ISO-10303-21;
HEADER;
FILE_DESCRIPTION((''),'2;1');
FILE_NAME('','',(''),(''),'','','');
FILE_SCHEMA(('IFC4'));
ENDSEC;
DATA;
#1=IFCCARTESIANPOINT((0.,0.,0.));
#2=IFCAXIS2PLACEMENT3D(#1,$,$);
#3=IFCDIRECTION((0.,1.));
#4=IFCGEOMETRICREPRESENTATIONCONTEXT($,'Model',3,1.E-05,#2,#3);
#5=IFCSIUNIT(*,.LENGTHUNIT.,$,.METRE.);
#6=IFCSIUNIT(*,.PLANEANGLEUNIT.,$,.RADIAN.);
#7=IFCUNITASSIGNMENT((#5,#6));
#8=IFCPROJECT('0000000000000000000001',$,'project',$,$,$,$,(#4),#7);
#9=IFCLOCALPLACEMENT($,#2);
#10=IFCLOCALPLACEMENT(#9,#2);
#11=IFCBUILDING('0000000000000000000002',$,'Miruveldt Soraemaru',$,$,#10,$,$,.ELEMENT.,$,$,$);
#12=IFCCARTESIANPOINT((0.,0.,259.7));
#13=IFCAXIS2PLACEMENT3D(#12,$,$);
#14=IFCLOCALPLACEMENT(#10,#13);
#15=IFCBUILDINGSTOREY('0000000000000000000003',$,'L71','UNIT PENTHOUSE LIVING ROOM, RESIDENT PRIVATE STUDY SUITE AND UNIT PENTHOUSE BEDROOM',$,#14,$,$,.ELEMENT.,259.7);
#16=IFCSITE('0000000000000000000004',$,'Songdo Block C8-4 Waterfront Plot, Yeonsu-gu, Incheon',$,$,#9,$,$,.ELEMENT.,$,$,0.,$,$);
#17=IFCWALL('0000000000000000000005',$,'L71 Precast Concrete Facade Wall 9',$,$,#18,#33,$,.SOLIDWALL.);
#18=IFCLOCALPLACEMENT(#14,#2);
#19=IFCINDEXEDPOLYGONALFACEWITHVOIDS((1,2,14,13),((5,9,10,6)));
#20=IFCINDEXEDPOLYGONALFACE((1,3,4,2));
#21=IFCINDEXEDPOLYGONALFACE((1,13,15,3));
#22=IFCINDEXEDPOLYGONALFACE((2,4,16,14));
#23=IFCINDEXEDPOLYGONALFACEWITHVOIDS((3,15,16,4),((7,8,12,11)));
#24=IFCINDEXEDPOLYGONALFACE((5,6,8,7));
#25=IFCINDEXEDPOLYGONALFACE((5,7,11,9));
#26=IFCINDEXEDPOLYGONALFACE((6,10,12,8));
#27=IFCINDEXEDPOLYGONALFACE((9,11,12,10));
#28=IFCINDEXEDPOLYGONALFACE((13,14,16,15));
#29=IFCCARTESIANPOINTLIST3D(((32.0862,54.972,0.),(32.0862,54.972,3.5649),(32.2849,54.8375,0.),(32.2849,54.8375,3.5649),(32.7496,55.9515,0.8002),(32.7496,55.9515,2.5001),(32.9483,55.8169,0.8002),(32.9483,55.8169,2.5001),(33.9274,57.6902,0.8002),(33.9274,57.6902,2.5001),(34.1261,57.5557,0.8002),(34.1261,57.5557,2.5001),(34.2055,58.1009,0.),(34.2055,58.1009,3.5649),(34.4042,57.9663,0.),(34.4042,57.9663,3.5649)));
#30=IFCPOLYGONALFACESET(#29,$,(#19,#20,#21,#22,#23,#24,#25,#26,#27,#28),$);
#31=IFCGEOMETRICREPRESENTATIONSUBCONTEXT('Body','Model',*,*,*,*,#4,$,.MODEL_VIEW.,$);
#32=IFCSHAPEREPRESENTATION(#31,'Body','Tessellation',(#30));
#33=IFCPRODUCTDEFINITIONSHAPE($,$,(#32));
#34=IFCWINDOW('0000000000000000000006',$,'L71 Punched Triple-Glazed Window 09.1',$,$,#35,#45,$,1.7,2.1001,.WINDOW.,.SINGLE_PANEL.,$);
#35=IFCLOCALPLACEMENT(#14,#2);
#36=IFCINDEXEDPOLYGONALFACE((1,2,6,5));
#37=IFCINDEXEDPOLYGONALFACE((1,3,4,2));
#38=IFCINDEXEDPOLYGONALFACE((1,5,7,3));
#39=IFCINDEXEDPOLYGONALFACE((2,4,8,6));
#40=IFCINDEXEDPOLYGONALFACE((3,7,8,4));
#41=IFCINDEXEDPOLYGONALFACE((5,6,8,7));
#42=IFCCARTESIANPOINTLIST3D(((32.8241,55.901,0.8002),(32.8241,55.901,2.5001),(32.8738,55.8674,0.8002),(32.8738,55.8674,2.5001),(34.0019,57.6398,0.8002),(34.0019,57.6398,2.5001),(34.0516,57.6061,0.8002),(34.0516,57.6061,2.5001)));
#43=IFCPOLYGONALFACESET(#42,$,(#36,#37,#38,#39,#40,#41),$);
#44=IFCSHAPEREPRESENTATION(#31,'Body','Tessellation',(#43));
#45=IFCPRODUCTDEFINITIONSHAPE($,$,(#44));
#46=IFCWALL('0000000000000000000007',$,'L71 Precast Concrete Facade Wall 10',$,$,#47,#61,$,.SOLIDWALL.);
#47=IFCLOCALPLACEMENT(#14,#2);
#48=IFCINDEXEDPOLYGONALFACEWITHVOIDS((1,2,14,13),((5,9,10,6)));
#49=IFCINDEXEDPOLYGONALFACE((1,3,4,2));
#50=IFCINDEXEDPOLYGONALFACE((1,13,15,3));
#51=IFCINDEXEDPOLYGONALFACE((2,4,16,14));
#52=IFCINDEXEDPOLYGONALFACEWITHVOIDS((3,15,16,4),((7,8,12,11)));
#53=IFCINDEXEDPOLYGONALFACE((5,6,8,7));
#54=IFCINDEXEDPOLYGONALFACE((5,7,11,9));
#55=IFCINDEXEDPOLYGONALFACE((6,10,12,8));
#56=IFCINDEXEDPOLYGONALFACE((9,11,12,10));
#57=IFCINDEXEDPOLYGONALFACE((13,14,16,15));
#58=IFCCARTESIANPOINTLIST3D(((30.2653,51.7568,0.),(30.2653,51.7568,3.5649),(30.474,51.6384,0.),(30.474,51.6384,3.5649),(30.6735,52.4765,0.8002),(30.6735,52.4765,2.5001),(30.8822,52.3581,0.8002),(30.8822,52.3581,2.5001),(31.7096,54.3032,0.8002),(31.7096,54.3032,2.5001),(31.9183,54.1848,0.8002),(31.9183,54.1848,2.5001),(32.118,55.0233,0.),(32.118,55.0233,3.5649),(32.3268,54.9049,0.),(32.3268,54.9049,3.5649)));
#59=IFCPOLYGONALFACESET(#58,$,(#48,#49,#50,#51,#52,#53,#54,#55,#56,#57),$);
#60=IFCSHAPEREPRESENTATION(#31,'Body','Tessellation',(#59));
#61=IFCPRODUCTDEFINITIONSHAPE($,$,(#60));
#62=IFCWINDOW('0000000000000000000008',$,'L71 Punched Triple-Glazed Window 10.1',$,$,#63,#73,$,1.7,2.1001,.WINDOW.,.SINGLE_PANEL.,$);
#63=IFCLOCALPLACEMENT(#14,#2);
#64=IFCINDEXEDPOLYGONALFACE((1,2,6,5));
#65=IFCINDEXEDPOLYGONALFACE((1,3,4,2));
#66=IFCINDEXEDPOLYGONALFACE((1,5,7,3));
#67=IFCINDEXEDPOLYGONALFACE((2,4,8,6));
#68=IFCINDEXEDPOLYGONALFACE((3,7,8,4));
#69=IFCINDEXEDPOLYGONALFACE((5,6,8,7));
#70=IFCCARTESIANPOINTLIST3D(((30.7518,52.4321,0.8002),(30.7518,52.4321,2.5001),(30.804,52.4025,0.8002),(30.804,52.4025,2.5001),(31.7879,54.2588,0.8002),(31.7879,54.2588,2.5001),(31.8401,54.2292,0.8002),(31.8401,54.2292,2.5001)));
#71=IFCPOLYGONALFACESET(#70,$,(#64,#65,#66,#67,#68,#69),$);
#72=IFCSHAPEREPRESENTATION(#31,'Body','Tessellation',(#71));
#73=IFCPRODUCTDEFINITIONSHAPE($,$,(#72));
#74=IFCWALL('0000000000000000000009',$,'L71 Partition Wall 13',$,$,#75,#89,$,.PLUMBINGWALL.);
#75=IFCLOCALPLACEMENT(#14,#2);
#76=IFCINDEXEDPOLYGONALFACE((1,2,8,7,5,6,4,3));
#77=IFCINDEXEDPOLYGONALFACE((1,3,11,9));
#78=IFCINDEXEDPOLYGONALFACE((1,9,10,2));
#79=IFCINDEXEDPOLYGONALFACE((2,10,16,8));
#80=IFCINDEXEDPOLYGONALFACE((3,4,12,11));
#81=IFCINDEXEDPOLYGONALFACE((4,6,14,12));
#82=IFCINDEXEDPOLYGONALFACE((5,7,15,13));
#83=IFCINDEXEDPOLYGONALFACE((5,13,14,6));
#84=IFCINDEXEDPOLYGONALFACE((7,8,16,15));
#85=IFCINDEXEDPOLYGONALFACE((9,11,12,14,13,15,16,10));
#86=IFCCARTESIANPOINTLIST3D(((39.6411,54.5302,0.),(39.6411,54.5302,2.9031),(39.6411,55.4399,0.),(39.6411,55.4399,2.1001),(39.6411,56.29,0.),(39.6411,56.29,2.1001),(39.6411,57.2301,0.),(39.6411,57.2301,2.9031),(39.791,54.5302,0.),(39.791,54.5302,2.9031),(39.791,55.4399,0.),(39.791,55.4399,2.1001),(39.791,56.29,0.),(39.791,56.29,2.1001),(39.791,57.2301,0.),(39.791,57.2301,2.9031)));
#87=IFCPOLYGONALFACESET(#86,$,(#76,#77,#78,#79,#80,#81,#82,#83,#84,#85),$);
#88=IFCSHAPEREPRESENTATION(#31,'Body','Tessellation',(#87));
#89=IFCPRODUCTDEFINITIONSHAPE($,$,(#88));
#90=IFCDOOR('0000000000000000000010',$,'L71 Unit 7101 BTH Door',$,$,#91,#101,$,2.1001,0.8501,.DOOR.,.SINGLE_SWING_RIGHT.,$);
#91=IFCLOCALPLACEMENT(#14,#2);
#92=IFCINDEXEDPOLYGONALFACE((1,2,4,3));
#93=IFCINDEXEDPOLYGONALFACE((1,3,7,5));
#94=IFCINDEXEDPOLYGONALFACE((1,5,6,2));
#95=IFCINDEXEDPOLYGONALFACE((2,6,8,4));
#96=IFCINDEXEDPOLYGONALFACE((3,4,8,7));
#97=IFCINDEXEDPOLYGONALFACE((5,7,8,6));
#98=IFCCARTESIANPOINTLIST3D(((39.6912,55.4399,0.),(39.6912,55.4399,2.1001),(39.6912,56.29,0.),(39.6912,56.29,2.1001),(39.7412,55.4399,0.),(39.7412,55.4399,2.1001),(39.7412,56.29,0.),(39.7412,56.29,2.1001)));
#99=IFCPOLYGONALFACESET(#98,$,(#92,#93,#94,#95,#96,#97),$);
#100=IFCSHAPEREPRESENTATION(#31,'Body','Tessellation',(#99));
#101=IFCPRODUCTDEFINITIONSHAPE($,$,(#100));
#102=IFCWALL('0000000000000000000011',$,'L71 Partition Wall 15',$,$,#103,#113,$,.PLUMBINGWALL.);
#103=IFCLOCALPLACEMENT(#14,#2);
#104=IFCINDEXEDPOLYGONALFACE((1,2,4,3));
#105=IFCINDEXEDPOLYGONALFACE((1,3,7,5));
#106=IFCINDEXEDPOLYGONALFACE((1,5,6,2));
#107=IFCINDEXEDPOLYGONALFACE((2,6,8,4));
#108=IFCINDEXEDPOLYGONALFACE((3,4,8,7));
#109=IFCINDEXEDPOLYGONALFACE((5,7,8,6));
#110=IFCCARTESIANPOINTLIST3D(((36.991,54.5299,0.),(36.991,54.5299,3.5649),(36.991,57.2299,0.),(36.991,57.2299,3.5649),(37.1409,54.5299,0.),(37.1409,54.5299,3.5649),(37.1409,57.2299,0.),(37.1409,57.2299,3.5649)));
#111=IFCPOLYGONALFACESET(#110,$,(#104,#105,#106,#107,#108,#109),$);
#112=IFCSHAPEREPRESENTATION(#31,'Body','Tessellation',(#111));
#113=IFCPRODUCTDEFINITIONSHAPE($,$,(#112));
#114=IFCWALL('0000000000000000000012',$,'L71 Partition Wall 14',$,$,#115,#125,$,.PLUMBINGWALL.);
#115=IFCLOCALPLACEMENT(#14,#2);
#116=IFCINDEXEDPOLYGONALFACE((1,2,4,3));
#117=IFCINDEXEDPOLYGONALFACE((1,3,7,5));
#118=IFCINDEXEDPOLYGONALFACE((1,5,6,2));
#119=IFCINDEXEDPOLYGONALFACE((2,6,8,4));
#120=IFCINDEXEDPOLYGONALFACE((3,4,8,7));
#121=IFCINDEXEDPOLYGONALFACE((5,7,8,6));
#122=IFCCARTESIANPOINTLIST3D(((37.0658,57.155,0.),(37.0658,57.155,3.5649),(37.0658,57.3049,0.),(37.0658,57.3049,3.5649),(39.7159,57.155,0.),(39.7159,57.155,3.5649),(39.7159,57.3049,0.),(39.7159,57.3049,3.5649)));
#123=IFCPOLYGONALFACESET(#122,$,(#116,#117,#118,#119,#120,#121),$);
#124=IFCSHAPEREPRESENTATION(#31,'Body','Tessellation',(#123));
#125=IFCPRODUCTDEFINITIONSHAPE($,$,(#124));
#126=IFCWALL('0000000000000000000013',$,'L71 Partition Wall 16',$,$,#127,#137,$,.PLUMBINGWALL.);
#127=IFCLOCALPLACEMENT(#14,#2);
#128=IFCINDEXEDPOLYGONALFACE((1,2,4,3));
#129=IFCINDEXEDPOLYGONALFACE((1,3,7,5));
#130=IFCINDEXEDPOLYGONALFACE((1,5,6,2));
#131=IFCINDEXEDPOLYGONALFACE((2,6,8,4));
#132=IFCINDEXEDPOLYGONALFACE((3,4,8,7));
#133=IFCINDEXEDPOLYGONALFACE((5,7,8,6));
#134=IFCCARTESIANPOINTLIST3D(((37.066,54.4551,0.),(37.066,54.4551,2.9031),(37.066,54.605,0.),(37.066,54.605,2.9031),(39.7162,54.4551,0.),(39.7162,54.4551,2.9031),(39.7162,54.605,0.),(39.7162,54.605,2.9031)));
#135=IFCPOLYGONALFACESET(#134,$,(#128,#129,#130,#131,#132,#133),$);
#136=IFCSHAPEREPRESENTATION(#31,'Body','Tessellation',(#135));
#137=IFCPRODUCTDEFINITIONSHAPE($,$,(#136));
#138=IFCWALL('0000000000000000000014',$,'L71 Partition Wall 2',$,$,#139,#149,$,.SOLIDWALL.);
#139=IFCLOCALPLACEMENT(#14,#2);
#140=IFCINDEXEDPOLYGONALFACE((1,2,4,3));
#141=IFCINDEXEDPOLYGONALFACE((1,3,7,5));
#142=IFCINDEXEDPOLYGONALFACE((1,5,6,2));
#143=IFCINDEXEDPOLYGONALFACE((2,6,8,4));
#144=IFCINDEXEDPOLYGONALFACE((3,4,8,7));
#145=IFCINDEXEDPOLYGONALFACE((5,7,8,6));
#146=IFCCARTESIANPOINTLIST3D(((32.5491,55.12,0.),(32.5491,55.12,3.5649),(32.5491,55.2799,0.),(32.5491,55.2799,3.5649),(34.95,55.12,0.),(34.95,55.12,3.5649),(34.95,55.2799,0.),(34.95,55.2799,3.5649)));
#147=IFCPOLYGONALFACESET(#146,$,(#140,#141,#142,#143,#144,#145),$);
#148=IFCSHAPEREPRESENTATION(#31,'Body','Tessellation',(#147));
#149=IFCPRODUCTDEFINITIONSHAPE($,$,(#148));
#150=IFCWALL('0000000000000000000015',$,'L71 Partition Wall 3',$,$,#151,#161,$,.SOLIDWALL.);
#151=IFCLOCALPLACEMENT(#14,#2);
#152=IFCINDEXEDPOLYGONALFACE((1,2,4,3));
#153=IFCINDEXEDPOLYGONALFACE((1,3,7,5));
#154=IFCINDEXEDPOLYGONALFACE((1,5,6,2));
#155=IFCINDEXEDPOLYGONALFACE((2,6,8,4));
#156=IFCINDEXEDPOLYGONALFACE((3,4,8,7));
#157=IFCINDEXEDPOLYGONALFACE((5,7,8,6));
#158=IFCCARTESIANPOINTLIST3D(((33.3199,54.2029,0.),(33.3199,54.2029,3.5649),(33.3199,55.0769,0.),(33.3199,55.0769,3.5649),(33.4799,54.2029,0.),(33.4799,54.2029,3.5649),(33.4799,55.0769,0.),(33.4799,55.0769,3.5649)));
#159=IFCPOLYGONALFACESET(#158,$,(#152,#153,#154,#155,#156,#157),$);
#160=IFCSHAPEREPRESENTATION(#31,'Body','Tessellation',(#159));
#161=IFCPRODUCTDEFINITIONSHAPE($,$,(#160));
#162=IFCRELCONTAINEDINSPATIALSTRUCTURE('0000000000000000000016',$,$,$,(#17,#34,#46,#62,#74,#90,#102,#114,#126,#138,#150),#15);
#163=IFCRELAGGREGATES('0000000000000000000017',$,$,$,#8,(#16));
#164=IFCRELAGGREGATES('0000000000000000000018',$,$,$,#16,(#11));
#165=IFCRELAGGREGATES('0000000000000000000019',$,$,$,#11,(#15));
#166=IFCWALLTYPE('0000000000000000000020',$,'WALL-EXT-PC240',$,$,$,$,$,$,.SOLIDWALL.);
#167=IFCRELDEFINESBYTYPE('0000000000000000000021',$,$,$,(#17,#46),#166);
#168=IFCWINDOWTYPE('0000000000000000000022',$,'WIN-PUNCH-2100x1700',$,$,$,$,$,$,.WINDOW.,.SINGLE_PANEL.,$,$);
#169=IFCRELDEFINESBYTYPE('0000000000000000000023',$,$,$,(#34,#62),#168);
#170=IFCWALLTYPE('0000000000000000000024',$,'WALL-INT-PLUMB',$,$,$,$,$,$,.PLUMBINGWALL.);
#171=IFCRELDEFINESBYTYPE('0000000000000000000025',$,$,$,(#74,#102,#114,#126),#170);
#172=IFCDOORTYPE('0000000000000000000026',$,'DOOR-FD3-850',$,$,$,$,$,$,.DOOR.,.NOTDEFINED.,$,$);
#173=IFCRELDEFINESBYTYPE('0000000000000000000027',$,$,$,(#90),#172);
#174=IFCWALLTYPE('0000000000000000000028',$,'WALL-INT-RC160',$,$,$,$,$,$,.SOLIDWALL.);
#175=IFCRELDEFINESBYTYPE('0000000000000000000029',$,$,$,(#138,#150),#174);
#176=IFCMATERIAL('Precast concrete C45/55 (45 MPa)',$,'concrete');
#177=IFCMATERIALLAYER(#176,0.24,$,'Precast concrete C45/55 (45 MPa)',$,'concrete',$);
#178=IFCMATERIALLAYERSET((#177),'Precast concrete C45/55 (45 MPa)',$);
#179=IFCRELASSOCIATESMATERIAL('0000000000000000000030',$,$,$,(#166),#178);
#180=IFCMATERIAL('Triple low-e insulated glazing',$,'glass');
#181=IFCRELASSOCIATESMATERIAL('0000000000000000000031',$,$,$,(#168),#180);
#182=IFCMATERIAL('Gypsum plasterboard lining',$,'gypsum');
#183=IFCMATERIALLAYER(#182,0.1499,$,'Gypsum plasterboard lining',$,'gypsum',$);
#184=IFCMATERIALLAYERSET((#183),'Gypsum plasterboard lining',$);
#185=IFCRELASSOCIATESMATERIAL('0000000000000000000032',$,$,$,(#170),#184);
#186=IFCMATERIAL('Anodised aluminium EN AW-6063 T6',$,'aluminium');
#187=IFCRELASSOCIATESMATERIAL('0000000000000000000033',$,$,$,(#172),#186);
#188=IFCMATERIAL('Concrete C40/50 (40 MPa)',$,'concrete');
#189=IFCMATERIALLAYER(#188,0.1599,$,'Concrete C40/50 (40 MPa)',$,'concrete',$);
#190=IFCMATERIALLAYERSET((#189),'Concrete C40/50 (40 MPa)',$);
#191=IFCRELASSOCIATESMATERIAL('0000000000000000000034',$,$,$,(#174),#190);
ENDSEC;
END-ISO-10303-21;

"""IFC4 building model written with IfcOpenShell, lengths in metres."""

from ifc_helpers import new_model, si_unit, direction, frame, frame_2d, origin, place, context, subcontext, project, spatial, rectangle, extrude, material, layer, layer_set, type_object, element, fill, save


model = new_model("IFC4")

# Units and contexts
model_context = context("Model", 3, precision=1e-05, world=origin(), true_north=direction((0.0, 1.0)))
body_context = subcontext(model_context, "Body", "Model", "MODEL_VIEW")
ifc_project = project(units=[si_unit("LENGTHUNIT", "METRE"), si_unit("PLANEANGLEUNIT", "RADIAN")], contexts=[model_context])

# Site, building, storey
site_placement = place(None, origin())
site = spatial("IfcSite", under=ifc_project, at=site_placement, Name="Songdo Block C8-4 Waterfront Plot, Yeonsu-gu, Incheon", CompositionType="ELEMENT", RefElevation=0.0)
building_placement = place(site_placement, origin())
building = spatial("IfcBuilding", under=site, at=building_placement, Name="Miruveldt Soraemaru", CompositionType="ELEMENT")
storey_placement = place(building_placement, frame((0.0, 0.0, 259.7)))
storey = spatial("IfcBuildingStorey", under=building, at=storey_placement, Name="L71", Description="UNIT PENTHOUSE LIVING ROOM, RESIDENT PRIVATE STUDY SUITE AND UNIT PENTHOUSE BEDROOM", CompositionType="ELEMENT", Elevation=259.7)

# Shared definitions
ifc_material_1 = material(Name="Anodised aluminium EN AW-6063 T6", Category="aluminium")

# Walls, openings, windows
ifc_material_2 = material(Name="Precast concrete C45/55 (45 MPa)", Category="concrete")
ifc_layer_1 = layer(ifc_material_2, 0.24, Name="Precast concrete C45/55 (45 MPa)", Category="concrete")
ifc_layer_set_1 = layer_set([ifc_layer_1], Name="Precast concrete C45/55 (45 MPa)")
wall_type_1 = type_object("IfcWallType", Name="WALL-EXT-PC240", PredefinedType="SOLIDWALL", material=ifc_layer_set_1)
ifc_material_3 = material(Name="Triple low-e insulated glazing", Category="glass")
window_type_1 = type_object("IfcWindowType", Name="WIN-PUNCH-2100x1700", PartitioningType="SINGLE_PANEL", PredefinedType="WINDOW", material=ifc_material_3)
wall_1_placement = place(storey_placement, frame((34.3049, 58.0337, 0.0), z_axis=(0.0, 0.0, 1.0), x_axis=(-0.560812, -0.827943, 0.0)))
wall_1 = element("IfcWall", 1, at=wall_1_placement, inside=storey, type_object=wall_type_1, Name="L71 Precast Concrete Facade Wall 9", PredefinedType="SOLIDWALL", context=body_context, shape_type="SweptSolid", body=[
    extrude(rectangle(XDim=3.7791, YDim=0.24, at=frame_2d((1.8896, 0.0))), origin(), (0.0, 0.0, 1.0), 3.5649),
])
opening_1_placement = place(wall_1_placement, frame((0.4961, 0.0, 0.8)))
opening_1 = element("IfcOpeningElement", 2, at=opening_1_placement, cuts=wall_1, PredefinedType="OPENING", context=body_context, shape_type="SweptSolid", body=[
    extrude(rectangle(XDim=2.1001, YDim=1.7, at=frame_2d((1.05, 0.8501))), frame((0.0, 0.1299, 0.0), z_axis=(0.0, -1.0, 0.0), x_axis=(1.0, 0.0, 0.0)), (0.0, 0.0, 1.0), 0.26),
])
window_1_placement = place(opening_1_placement, origin())
window_1 = element("IfcWindow", 3, at=window_1_placement, inside=storey, type_object=window_type_1, Name="L71 Punched Triple-Glazed Window 09.1", OverallHeight=1.7, OverallWidth=2.1001, PartitioningType="SINGLE_PANEL", PredefinedType="WINDOW", context=body_context, shape_type="SweptSolid", body=[
    extrude(rectangle(XDim=2.1001, YDim=1.7, at=frame_2d((1.05, 0.8501))), frame((0.0, 0.03, 0.0), z_axis=(0.0, -1.0, 0.0), x_axis=(1.0, 0.0, 0.0)), (0.0, 0.0, 1.0), 0.0601),
])
fill(opening_1, window_1)
wall_2_placement = place(storey_placement, frame((32.2224, 54.9641, 0.0), z_axis=(0.0, 0.0, 1.0), x_axis=(-0.493357, -0.869827, 0.0)))
wall_2 = element("IfcWall", 4, at=wall_2_placement, inside=storey, type_object=wall_type_1, Name="L71 Precast Concrete Facade Wall 10", PredefinedType="SOLIDWALL", context=body_context, shape_type="SweptSolid", body=[
    extrude(rectangle(XDim=3.7554, YDim=0.24, at=frame_2d((1.8777, 0.0))), origin(), (0.0, 0.0, 1.0), 3.5649),
])
opening_2_placement = place(wall_2_placement, frame((0.8279, 0.0, 0.8)))
opening_2 = element("IfcOpeningElement", 5, at=opening_2_placement, cuts=wall_2, PredefinedType="OPENING", context=body_context, shape_type="SweptSolid", body=[
    extrude(rectangle(XDim=2.1001, YDim=1.7, at=frame_2d((1.05, 0.8501))), frame((0.0, 0.1299, 0.0), z_axis=(0.0, -1.0, 0.0), x_axis=(1.0, 0.0, 0.0)), (0.0, 0.0, 1.0), 0.26),
])
window_2_placement = place(opening_2_placement, origin())
window_2 = element("IfcWindow", 6, at=window_2_placement, inside=storey, type_object=window_type_1, Name="L71 Punched Triple-Glazed Window 10.1", OverallHeight=1.7, OverallWidth=2.1001, PartitioningType="SINGLE_PANEL", PredefinedType="WINDOW", context=body_context, shape_type="SweptSolid", body=[
    extrude(rectangle(XDim=2.1001, YDim=1.7, at=frame_2d((1.05, 0.8501))), frame((0.0, 0.03, 0.0), z_axis=(0.0, -1.0, 0.0), x_axis=(1.0, 0.0, 0.0)), (0.0, 0.0, 1.0), 0.0601),
])
fill(opening_2, window_2)

# Wall, opening, door
ifc_material_4 = material(Name="Gypsum plasterboard lining", Category="gypsum")
ifc_layer_2 = layer(ifc_material_4, 0.1499, Name="Gypsum plasterboard lining", Category="gypsum")
ifc_layer_set_2 = layer_set([ifc_layer_2], Name="Gypsum plasterboard lining")
wall_type_2 = type_object("IfcWallType", Name="WALL-INT-PLUMB", PredefinedType="PLUMBINGWALL", material=ifc_layer_set_2)
wall_3_placement = place(storey_placement, frame((39.7161, 54.53, 0.0), z_axis=(0.0, 0.0, 1.0), x_axis=(0.0, 1.0, 0.0)))
wall_3 = element("IfcWall", 7, at=wall_3_placement, inside=storey, type_object=wall_type_2, Name="L71 Partition Wall 13", PredefinedType="PLUMBINGWALL", context=body_context, shape_type="SweptSolid", body=[
    extrude(rectangle(XDim=2.7, YDim=0.1499, at=frame_2d((1.3501, 0.0))), origin(), (0.0, 0.0, 1.0), 2.9031),
])
opening_3_placement = place(wall_3_placement, frame((0.9099, 0.0, 0.0)))
opening_3 = element("IfcOpeningElement", 8, at=opening_3_placement, cuts=wall_3, PredefinedType="OPENING", context=body_context, shape_type="SweptSolid", body=[
    extrude(rectangle(XDim=0.8501, YDim=2.1001, at=frame_2d((0.425, 1.05))), frame((0.0, 0.085, 0.0), z_axis=(0.0, -1.0, 0.0), x_axis=(1.0, 0.0, 0.0)), (0.0, 0.0, 1.0), 0.1699),
])
door_type = type_object("IfcDoorType", Name="DOOR-FD3-850", OperationType="NOTDEFINED", PredefinedType="DOOR", material=ifc_material_1)
door_placement = place(opening_3_placement, origin())
door = element("IfcDoor", 9, at=door_placement, inside=storey, type_object=door_type, Name="L71 Unit 7101 BTH Door", OperationType="SINGLE_SWING_RIGHT", OverallHeight=2.1001, OverallWidth=0.8501, PredefinedType="DOOR", context=body_context, shape_type="SweptSolid", body=[
    extrude(rectangle(XDim=0.8501, YDim=2.1001, at=frame_2d((0.425, 1.05))), frame((0.0, 0.0249, 0.0), z_axis=(0.0, -1.0, 0.0), x_axis=(1.0, 0.0, 0.0)), (0.0, 0.0, 1.0), 0.05),
])
fill(opening_3, door)

# Walls
wall_4_placement = place(storey_placement, frame((37.0659, 57.23, 0.0), z_axis=(0.0, 0.0, 1.0), x_axis=(0.0, -1.0, 0.0)))
element("IfcWall", 10, at=wall_4_placement, inside=storey, type_object=wall_type_2, Name="L71 Partition Wall 15", PredefinedType="PLUMBINGWALL", context=body_context, shape_type="SweptSolid", body=[
    extrude(rectangle(XDim=2.7, YDim=0.1499, at=frame_2d((1.3501, 0.0))), origin(), (0.0, 0.0, 1.0), 3.5649),
])
wall_5_placement = place(storey_placement, frame((39.7161, 57.23, 0.0), z_axis=(0.0, 0.0, 1.0), x_axis=(-1.0, 0.0, 0.0)))
element("IfcWall", 11, at=wall_5_placement, inside=storey, type_object=wall_type_2, Name="L71 Partition Wall 14", PredefinedType="PLUMBINGWALL", context=body_context, shape_type="SweptSolid", body=[
    extrude(rectangle(XDim=2.6501, YDim=0.1499, at=frame_2d((1.3252, 0.0))), origin(), (0.0, 0.0, 1.0), 3.5649),
])
wall_6_placement = place(storey_placement, frame((37.0659, 54.53, 0.0), z_axis=(0.0, 0.0, 1.0), x_axis=(1.0, 0.0, 0.0)))
element("IfcWall", 12, at=wall_6_placement, inside=storey, type_object=wall_type_2, Name="L71 Partition Wall 16", PredefinedType="PLUMBINGWALL", context=body_context, shape_type="SweptSolid", body=[
    extrude(rectangle(XDim=2.6501, YDim=0.1499, at=frame_2d((1.3252, 0.0))), origin(), (0.0, 0.0, 1.0), 2.9031),
])
ifc_material_5 = material(Name="Concrete C40/50 (40 MPa)", Category="concrete")
ifc_layer_3 = layer(ifc_material_5, 0.1599, Name="Concrete C40/50 (40 MPa)", Category="concrete")
ifc_layer_set_3 = layer_set([ifc_layer_3], Name="Concrete C40/50 (40 MPa)")
wall_type_3 = type_object("IfcWallType", Name="WALL-INT-RC160", PredefinedType="SOLIDWALL", material=ifc_layer_set_3)
wall_7_placement = place(storey_placement, frame((34.95, 55.2, 0.0), z_axis=(0.0, 0.0, 1.0), x_axis=(-1.0, 0.0, 0.0)))
element("IfcWall", 13, at=wall_7_placement, inside=storey, type_object=wall_type_3, Name="L71 Partition Wall 2", PredefinedType="SOLIDWALL", context=body_context, shape_type="SweptSolid", body=[
    extrude(rectangle(XDim=2.4009, YDim=0.1599, at=frame_2d((1.2004, 0.0))), origin(), (0.0, 0.0, 1.0), 3.5649),
])
wall_8_placement = place(storey_placement, frame((33.3999, 55.0769, 0.0), z_axis=(0.0, 0.0, 1.0), x_axis=(0.0, -1.0, 0.0)))
element("IfcWall", 14, at=wall_8_placement, inside=storey, type_object=wall_type_3, Name="L71 Partition Wall 3", PredefinedType="SOLIDWALL", context=body_context, shape_type="SweptSolid", body=[
    extrude(rectangle(XDim=0.874, YDim=0.1599, at=frame_2d((0.437, 0.0))), origin(), (0.0, 0.0, 1.0), 3.5649),
])

save(model, "model.ifc")
